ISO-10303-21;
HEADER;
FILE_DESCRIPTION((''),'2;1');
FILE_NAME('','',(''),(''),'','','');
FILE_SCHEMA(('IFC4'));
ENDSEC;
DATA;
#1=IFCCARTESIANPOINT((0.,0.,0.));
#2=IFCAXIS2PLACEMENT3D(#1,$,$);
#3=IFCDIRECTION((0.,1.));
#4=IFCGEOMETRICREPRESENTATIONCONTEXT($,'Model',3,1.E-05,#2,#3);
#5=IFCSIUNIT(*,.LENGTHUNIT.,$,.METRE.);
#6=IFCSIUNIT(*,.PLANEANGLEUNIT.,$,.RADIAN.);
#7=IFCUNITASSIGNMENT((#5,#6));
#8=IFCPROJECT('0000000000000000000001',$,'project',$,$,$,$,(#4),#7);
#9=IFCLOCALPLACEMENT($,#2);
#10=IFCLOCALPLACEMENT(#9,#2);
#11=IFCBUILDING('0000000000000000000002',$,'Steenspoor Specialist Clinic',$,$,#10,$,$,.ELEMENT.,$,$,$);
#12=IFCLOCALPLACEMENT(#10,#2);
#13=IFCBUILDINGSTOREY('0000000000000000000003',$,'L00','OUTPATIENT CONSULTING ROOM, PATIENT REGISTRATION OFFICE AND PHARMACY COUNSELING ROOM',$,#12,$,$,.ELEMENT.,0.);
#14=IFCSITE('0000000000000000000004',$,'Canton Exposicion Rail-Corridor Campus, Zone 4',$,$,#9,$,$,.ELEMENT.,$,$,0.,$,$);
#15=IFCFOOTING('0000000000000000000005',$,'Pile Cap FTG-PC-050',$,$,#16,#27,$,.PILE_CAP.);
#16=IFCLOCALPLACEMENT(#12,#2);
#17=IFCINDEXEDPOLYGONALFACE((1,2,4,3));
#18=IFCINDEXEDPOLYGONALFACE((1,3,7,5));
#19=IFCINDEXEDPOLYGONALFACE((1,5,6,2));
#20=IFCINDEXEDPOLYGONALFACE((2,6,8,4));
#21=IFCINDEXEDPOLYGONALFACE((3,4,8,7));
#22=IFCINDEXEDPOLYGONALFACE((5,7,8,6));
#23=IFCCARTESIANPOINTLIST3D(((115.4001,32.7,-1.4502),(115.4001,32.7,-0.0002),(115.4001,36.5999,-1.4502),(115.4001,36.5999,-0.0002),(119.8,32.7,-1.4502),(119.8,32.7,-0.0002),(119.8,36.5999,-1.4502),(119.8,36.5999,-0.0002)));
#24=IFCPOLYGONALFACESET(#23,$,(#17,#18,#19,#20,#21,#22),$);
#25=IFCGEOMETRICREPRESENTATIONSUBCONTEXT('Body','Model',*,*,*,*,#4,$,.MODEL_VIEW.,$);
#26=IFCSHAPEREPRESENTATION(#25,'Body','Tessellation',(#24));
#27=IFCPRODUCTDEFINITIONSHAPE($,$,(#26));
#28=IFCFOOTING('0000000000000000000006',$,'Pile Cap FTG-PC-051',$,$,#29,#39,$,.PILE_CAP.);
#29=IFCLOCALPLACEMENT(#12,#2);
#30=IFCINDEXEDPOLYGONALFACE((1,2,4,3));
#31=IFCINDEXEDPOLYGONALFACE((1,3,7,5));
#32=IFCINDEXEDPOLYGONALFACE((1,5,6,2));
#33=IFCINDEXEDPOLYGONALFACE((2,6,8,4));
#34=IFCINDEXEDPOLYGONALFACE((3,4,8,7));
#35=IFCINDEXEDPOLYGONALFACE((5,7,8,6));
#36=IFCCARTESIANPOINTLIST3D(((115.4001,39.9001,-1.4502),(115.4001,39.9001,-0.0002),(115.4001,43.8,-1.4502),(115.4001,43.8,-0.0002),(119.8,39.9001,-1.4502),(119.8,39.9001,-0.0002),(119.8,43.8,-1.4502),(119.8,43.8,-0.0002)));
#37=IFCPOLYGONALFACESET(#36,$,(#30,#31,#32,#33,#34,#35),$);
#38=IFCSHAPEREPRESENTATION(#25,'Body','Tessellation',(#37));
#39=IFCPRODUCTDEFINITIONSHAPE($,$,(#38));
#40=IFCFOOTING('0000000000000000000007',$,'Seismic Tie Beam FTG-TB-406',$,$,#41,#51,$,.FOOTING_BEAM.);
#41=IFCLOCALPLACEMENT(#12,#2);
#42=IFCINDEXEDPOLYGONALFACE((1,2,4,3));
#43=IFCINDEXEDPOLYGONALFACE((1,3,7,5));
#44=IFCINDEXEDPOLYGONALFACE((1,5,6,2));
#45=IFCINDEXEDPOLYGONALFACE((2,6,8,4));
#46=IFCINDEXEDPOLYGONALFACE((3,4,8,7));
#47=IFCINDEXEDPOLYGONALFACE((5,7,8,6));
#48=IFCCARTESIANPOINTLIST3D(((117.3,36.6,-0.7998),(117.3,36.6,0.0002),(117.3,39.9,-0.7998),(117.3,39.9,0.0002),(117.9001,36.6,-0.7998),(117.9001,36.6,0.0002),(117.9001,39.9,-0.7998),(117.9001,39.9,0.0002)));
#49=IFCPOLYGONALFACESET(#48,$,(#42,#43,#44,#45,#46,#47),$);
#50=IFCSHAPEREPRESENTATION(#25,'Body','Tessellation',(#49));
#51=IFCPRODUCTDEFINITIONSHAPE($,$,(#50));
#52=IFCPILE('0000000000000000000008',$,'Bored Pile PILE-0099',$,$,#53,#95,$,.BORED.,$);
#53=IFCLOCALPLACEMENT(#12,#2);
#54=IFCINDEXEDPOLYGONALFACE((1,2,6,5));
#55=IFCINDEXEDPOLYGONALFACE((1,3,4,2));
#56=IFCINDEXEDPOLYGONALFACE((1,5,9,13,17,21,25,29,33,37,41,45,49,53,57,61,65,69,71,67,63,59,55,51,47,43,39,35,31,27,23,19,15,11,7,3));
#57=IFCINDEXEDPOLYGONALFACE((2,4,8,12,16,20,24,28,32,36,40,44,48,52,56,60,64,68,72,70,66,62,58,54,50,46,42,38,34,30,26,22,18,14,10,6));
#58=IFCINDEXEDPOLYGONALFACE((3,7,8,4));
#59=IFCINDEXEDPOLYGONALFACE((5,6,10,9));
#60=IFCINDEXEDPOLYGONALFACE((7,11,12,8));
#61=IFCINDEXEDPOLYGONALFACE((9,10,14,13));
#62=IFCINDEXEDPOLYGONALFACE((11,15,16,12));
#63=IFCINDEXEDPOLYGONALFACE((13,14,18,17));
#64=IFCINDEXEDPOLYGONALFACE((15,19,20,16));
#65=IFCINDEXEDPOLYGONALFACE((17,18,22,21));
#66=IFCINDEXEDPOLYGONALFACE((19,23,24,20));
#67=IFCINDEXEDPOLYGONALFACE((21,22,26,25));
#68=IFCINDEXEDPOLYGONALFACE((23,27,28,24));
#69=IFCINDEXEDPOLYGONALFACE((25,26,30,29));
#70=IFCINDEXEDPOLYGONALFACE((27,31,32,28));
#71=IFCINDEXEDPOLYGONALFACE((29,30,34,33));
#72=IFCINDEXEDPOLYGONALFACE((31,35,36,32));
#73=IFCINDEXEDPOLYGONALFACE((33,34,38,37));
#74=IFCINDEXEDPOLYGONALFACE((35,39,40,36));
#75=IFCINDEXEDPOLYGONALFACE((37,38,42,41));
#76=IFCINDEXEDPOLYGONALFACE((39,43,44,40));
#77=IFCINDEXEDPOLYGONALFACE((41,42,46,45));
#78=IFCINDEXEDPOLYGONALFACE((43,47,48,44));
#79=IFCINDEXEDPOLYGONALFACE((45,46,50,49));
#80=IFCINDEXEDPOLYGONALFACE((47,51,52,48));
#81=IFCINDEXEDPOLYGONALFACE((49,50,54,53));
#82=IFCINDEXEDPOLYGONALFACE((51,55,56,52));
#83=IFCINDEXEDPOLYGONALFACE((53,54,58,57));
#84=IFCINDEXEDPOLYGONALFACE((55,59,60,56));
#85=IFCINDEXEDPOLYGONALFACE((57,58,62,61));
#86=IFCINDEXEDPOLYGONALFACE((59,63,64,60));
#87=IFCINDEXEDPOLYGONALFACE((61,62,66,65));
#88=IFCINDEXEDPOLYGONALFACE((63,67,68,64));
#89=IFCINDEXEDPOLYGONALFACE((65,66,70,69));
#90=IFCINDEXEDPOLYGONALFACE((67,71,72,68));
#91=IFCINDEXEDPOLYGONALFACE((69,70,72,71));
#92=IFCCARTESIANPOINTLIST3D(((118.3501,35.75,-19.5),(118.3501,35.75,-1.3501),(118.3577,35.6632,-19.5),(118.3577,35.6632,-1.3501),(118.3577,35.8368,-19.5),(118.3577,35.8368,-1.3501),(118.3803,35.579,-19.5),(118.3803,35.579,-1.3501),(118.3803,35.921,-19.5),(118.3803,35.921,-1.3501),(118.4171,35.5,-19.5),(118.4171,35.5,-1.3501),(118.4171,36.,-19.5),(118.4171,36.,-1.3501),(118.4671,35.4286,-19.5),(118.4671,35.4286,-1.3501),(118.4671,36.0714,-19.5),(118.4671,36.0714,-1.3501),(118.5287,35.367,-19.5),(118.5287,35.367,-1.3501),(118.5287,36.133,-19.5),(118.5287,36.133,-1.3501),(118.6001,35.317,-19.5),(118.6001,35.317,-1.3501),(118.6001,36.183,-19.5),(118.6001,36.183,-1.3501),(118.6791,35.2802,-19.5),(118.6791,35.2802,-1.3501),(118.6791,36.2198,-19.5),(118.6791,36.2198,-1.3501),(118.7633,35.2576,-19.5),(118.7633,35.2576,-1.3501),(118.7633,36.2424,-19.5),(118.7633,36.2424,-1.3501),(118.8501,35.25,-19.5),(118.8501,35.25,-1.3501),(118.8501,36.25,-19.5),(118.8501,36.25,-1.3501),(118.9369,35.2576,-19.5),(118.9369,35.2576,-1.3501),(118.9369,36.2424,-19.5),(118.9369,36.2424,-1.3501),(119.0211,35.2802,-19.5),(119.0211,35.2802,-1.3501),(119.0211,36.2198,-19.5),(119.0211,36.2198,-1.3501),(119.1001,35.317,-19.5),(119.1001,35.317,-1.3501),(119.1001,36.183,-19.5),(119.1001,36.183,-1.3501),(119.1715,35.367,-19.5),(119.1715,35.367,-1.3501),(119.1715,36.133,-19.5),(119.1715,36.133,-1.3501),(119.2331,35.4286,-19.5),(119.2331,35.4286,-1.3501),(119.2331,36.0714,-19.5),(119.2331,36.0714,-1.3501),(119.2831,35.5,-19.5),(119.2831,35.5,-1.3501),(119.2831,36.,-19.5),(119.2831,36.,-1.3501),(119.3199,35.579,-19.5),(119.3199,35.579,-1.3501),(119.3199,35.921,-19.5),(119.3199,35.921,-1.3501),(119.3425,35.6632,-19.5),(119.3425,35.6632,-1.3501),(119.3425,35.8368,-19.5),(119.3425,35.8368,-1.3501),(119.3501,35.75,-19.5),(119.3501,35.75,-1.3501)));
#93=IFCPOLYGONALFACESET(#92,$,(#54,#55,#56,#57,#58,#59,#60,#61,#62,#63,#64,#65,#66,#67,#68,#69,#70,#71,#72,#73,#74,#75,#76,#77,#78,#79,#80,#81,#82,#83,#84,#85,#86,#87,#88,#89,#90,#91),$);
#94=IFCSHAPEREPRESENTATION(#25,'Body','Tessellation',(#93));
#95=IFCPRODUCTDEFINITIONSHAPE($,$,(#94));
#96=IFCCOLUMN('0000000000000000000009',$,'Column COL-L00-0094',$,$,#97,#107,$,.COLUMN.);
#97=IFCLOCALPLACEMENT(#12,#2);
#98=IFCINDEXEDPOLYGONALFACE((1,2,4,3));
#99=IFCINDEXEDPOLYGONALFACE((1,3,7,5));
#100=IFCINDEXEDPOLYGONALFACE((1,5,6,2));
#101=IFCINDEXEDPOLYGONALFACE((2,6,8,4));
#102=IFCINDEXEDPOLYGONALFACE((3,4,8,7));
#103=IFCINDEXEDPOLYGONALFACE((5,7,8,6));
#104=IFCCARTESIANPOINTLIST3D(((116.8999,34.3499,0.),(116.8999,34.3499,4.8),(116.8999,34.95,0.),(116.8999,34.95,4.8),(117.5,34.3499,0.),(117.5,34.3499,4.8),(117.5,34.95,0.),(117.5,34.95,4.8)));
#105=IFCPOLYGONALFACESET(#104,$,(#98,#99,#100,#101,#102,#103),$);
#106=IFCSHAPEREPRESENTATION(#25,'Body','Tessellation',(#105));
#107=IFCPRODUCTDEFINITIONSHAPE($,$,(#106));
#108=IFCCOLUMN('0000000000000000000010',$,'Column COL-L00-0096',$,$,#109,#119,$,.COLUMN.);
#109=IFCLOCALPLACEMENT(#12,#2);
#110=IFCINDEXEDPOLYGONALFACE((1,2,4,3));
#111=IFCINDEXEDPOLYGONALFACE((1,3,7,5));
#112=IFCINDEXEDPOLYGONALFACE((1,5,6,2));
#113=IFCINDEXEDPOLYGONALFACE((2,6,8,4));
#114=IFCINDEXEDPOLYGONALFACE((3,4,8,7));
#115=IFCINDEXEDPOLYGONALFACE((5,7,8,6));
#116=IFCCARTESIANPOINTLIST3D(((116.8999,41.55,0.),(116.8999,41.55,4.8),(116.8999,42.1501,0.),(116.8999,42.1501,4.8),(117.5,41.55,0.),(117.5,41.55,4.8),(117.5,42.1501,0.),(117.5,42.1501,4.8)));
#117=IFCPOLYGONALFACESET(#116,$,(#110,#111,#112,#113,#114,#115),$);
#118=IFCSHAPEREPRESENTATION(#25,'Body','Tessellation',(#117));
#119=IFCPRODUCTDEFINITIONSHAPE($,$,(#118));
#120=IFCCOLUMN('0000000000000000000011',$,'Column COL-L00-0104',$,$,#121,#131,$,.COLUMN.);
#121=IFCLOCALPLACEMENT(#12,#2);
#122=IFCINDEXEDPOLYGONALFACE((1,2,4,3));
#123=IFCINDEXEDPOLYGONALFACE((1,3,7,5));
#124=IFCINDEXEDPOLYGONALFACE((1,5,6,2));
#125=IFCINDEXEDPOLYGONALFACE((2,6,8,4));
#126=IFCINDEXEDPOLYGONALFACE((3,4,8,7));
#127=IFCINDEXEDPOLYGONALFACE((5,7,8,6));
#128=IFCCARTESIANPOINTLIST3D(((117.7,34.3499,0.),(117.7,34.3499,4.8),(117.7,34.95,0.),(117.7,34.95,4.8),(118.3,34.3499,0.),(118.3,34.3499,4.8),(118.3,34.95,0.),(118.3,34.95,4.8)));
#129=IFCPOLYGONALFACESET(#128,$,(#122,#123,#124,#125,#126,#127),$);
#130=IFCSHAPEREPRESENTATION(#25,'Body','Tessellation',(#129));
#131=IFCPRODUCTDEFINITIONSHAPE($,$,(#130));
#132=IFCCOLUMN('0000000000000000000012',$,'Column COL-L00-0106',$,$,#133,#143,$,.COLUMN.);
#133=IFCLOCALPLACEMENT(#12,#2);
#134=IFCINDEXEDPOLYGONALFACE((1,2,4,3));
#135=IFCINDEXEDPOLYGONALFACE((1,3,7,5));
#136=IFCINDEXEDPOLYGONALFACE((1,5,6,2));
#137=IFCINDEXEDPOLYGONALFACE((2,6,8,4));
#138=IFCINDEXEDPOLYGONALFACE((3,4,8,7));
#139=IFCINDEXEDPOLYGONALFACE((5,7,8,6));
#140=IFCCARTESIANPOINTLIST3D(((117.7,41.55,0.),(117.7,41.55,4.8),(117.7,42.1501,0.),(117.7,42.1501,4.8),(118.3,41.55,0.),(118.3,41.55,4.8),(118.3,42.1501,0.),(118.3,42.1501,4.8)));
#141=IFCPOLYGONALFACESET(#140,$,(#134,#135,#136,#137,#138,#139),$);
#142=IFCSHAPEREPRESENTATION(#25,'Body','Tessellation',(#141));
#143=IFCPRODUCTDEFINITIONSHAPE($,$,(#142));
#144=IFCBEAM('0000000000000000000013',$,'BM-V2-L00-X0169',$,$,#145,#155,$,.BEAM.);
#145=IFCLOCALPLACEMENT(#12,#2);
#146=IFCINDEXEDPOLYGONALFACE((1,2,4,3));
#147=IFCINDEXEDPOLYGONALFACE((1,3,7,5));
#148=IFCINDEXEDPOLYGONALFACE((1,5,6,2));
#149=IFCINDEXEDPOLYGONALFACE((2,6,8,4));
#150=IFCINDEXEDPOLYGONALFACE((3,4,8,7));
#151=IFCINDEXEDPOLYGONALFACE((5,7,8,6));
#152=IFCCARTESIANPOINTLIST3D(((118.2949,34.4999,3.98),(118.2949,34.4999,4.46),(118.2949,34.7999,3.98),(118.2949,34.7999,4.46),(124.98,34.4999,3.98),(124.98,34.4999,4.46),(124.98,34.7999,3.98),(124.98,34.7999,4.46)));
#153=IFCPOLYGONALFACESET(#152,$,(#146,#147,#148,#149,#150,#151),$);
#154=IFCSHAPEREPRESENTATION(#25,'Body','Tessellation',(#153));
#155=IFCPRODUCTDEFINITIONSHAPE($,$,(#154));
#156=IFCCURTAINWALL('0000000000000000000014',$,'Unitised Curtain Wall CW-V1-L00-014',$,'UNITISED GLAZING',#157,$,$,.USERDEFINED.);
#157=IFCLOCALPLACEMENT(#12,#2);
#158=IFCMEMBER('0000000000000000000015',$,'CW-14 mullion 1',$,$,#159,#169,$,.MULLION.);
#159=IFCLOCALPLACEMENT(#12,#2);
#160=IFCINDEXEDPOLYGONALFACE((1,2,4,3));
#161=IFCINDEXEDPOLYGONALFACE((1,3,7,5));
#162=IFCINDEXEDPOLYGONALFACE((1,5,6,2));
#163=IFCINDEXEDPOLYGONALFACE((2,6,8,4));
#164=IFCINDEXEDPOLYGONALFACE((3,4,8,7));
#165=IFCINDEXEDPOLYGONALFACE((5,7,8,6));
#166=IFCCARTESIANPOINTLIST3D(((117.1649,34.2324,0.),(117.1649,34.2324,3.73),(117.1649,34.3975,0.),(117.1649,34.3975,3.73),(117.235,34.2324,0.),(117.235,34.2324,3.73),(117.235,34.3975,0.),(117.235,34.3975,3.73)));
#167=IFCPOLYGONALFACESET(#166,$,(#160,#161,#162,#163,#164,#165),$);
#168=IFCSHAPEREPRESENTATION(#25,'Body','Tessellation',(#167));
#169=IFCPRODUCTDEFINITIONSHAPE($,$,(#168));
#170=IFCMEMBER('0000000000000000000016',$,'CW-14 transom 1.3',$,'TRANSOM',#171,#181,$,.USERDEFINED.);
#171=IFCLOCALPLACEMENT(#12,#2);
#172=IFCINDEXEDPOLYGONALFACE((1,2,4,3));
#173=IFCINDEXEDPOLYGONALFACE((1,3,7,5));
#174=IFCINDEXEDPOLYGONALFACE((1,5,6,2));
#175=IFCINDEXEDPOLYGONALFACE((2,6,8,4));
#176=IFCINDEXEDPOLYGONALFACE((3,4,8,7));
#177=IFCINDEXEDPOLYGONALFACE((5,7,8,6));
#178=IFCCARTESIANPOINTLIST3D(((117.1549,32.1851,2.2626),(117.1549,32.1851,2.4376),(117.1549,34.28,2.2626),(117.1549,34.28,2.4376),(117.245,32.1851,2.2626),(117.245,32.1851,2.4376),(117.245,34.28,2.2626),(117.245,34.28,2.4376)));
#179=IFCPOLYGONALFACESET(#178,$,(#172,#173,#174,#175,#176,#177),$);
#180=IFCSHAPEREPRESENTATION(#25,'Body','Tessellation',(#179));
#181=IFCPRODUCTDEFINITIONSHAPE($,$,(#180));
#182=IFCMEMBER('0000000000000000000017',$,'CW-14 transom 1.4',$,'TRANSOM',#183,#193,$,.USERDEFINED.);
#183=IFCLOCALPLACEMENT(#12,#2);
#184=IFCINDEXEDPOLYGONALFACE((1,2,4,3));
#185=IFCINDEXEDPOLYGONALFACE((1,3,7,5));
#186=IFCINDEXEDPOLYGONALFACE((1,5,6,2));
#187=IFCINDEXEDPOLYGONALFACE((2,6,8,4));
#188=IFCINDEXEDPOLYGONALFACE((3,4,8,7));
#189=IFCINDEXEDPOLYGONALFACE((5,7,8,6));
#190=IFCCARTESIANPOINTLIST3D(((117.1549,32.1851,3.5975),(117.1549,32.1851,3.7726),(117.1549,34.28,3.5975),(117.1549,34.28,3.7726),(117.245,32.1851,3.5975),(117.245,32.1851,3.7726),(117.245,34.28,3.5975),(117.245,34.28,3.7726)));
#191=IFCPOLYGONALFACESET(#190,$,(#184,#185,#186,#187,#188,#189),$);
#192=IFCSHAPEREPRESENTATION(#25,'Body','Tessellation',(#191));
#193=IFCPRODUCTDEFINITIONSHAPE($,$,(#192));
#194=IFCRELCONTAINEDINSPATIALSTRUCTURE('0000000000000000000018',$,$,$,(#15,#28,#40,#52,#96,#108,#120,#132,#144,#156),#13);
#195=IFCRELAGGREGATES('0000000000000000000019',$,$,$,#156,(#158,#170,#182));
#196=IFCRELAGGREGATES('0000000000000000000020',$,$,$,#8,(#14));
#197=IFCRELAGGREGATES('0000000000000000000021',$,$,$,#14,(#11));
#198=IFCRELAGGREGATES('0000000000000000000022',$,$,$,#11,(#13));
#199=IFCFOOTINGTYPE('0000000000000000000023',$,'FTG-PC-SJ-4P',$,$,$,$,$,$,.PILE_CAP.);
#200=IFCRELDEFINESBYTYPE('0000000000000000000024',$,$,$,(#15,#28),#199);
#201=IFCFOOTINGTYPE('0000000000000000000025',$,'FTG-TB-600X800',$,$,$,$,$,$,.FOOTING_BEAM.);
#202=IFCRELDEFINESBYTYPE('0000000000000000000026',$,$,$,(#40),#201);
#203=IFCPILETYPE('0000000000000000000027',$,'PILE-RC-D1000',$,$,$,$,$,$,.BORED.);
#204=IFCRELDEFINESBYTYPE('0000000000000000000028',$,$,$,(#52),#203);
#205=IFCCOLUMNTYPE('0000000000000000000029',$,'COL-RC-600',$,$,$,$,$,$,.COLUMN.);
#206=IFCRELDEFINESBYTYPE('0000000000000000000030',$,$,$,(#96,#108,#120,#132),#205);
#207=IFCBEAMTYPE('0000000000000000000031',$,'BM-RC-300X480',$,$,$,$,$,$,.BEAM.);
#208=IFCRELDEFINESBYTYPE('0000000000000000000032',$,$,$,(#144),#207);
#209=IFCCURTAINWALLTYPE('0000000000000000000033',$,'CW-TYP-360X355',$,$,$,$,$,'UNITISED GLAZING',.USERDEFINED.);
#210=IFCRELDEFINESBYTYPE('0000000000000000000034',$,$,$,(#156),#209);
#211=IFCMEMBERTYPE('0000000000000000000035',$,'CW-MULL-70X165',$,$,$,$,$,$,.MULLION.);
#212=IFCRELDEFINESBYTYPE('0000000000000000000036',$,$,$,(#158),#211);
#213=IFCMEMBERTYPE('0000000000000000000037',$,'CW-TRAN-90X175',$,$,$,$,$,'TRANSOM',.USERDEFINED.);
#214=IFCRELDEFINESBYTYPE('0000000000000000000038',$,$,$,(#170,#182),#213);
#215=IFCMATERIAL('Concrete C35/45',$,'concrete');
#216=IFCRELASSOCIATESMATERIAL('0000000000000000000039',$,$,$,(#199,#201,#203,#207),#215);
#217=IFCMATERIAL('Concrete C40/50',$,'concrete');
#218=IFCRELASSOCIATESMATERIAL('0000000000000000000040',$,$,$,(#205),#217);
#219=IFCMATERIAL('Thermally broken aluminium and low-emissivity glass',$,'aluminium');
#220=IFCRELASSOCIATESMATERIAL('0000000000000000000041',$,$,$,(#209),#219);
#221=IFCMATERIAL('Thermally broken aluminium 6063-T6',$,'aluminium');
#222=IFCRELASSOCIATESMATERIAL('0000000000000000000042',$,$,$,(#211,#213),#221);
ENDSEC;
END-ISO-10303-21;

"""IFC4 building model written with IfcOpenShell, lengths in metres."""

from ifc_helpers import new_model, si_unit, direction, frame, origin, origin_2d, place, context, subcontext, project, spatial, rectangle, circle, extrude, material, material_profile, profile_set, type_object, element, aggregate, save


model = new_model("IFC4")

# Units and contexts
model_context = context("Model", 3, precision=1e-05, world=origin(), true_north=direction((0.0, 1.0)))
body_context = subcontext(model_context, "Body", "Model", "MODEL_VIEW")
ifc_project = project(units=[si_unit("LENGTHUNIT", "METRE"), si_unit("PLANEANGLEUNIT", "RADIAN")], contexts=[model_context])

# Site, building, storey
site_placement = place(None, origin())
site = spatial("IfcSite", under=ifc_project, at=site_placement, Name="Canton Exposicion Rail-Corridor Campus, Zone 4", CompositionType="ELEMENT", RefElevation=0.0)
building_placement = place(site_placement, origin())
building = spatial("IfcBuilding", under=site, at=building_placement, Name="Steenspoor Specialist Clinic", CompositionType="ELEMENT")
storey_placement = place(building_placement, origin())
storey = spatial("IfcBuildingStorey", under=building, at=storey_placement, Name="L00", Description="OUTPATIENT CONSULTING ROOM, PATIENT REGISTRATION OFFICE AND PHARMACY COUNSELING ROOM", CompositionType="ELEMENT", Elevation=0.0)

# Footings
ifc_material_1 = material(Name="Concrete C35/45", Category="concrete")
footing_type_1 = type_object("IfcFootingType", Name="FTG-PC-SJ-4P", PredefinedType="PILE_CAP", material=ifc_material_1)
for number, where, z_axis, x_axis, name in (
    (1, (117.6001, 34.6499, -1.4502), (0.0, 0.0, 1.0), (1.0, 0.0, 0.0), "Pile Cap FTG-PC-050"),
    (2, (117.6001, 41.8501, -1.4502), (0.0, 0.0, 1.0), (1.0, 0.0, 0.0), "Pile Cap FTG-PC-051"),
):
    element("IfcFooting", number, at=place(storey_placement, frame(where, z_axis=z_axis, x_axis=x_axis)), inside=storey, type_object=footing_type_1, Name=name, PredefinedType="PILE_CAP", context=body_context, shape_type="SweptSolid", body=[
        extrude(rectangle(XDim=4.3999, YDim=3.8999, at=origin_2d()), origin(), (0.0, 0.0, 1.0), 1.45),
    ])
footing_type_2 = type_object("IfcFootingType", Name="FTG-TB-600X800", PredefinedType="FOOTING_BEAM", material=ifc_material_1)
footing_placement = place(storey_placement, frame((117.6001, 38.25, -0.7998), z_axis=(0.0, 0.0, 1.0), x_axis=(1.0, 0.0, 0.0)))
element("IfcFooting", 3, at=footing_placement, inside=storey, type_object=footing_type_2, Name="Seismic Tie Beam FTG-TB-406", PredefinedType="FOOTING_BEAM", context=body_context, shape_type="SweptSolid", body=[
    extrude(rectangle(XDim=0.6001, YDim=3.3, at=origin_2d()), origin(), (0.0, 0.0, 1.0), 0.8),
])

# Pile
ifc_material_profile_1 = material_profile(ifc_material_1, circle(Radius=0.5, at=origin_2d()), Name="PILE-D1000")
ifc_profile_set_1 = profile_set([ifc_material_profile_1], Name="Concrete C35/45")
pile_type = type_object("IfcPileType", Name="PILE-RC-D1000", PredefinedType="BORED", material=ifc_profile_set_1)
pile_placement = place(storey_placement, frame((118.8501, 35.75, -1.3501), z_axis=(0.0, 0.0, -1.0), x_axis=(1.0, 0.0, 0.0)))
element("IfcPile", 4, at=pile_placement, inside=storey, type_object=pile_type, Name="Bored Pile PILE-0099", PredefinedType="BORED", context=body_context, shape_type="SweptSolid", body=[
    extrude(circle(Radius=0.5, at=origin_2d()), origin(), (0.0, 0.0, 1.0), 18.1499),
])

# Columns
ifc_material_2 = material(Name="Concrete C40/50", Category="concrete")
ifc_material_profile_2 = material_profile(ifc_material_2, rectangle(XDim=0.6001, YDim=0.6001, at=origin_2d()), Name="RC-COL-600X600")
ifc_profile_set_2 = profile_set([ifc_material_profile_2], Name="Concrete C40/50")
column_type = type_object("IfcColumnType", Name="COL-RC-600", PredefinedType="COLUMN", material=ifc_profile_set_2)
for number, where, z_axis, x_axis, name in (
    (5, (117.2, 34.6499, 0.0), (0.0, 0.0, 1.0), (1.0, 0.0, 0.0), "Column COL-L00-0094"),
    (6, (117.2, 41.8501, 0.0), (0.0, 0.0, 1.0), (1.0, 0.0, 0.0), "Column COL-L00-0096"),
    (7, (118.0, 34.6499, 0.0), (0.0, 0.0, 1.0), (1.0, 0.0, 0.0), "Column COL-L00-0104"),
    (8, (118.0, 41.8501, 0.0), (0.0, 0.0, 1.0), (1.0, 0.0, 0.0), "Column COL-L00-0106"),
):
    element("IfcColumn", number, at=place(storey_placement, frame(where, z_axis=z_axis, x_axis=x_axis)), inside=storey, type_object=column_type, Name=name, PredefinedType="COLUMN", context=body_context, shape_type="SweptSolid", body=[
        extrude(rectangle(XDim=0.6001, YDim=0.6001, at=origin_2d()), origin(), (0.0, 0.0, 1.0), 4.8),
    ])

# Beam
ifc_material_profile_3 = material_profile(ifc_material_1, rectangle(XDim=0.3, YDim=0.48, at=origin_2d()), Name="RC-BM-300X480")
ifc_profile_set_3 = profile_set([ifc_material_profile_3], Name="Concrete C35/45")
beam_type_1 = type_object("IfcBeamType", Name="BM-RC-300X480", PredefinedType="BEAM", material=ifc_profile_set_3)
beam_1_placement = place(storey_placement, frame((118.2949, 34.6499, 4.22), z_axis=(1.0, 0.0, 0.0), x_axis=(0.0, 1.0, 0.0)))
element("IfcBeam", 9, at=beam_1_placement, inside=storey, type_object=beam_type_1, Name="BM-V2-L00-X0169", PredefinedType="BEAM", context=body_context, shape_type="SweptSolid", body=[
    extrude(rectangle(XDim=0.3, YDim=0.48, at=origin_2d()), origin(), (0.0, 0.0, 1.0), 6.6851),
])

# Curtain wall, members
ifc_material_3 = material(Name="Thermally broken aluminium and low-emissivity glass", Category="aluminium")
curtain_wall_type = type_object("IfcCurtainWallType", Name="CW-TYP-360X355", ElementType="UNITISED GLAZING", PredefinedType="USERDEFINED", material=ifc_material_3)
curtain_wall_placement = place(storey_placement, origin())
curtain_wall = element("IfcCurtainWall", 10, at=curtain_wall_placement, inside=storey, type_object=curtain_wall_type, Name="Unitised Curtain Wall CW-V1-L00-014", ObjectType="UNITISED GLAZING", PredefinedType="USERDEFINED")
ifc_material_4 = material(Name="Thermally broken aluminium 6063-T6", Category="aluminium")
ifc_material_profile_4 = material_profile(ifc_material_4, rectangle(XDim=0.0701, YDim=0.165, at=origin_2d()), Name="CWM-70X165")
ifc_profile_set_4 = profile_set([ifc_material_profile_4], Name="Thermally broken aluminium 6063-T6")
member_type_1 = type_object("IfcMemberType", Name="CW-MULL-70X165", PredefinedType="MULLION", material=ifc_profile_set_4)
member_1_placement = place(storey_placement, frame((117.2, 34.3149, 0.0), z_axis=(0.0, 0.0, 1.0), x_axis=(1.0, 0.0, 0.0)))
member_1 = element("IfcMember", 11, at=member_1_placement, type_object=member_type_1, Name="CW-14 mullion 1", PredefinedType="MULLION", context=body_context, shape_type="SweptSolid", body=[
    extrude(rectangle(XDim=0.0701, YDim=0.165, at=origin_2d()), origin(), (0.0, 0.0, 1.0), 3.73),
])
ifc_material_profile_5 = material_profile(ifc_material_4, rectangle(XDim=0.0901, YDim=0.175, at=origin_2d()), Name="CWT-90X175")
ifc_profile_set_5 = profile_set([ifc_material_profile_5], Name="Thermally broken aluminium 6063-T6")
member_type_2 = type_object("IfcMemberType", Name="CW-TRAN-90X175", ElementType="TRANSOM", PredefinedType="USERDEFINED", material=ifc_profile_set_5)
member_2_placement = place(storey_placement, frame((117.2, 34.28, 2.3501), z_axis=(0.0, -1.0, 0.0), x_axis=(1.0, 0.0, 0.0)))
member_2 = element("IfcMember", 12, at=member_2_placement, type_object=member_type_2, Name="CW-14 transom 1.3", ObjectType="TRANSOM", PredefinedType="USERDEFINED", context=body_context, shape_type="SweptSolid", body=[
    extrude(rectangle(XDim=0.0901, YDim=0.175, at=origin_2d()), origin(), (0.0, 0.0, 1.0), 2.095),
])
member_3_placement = place(storey_placement, frame((117.2, 34.28, 3.6851), z_axis=(0.0, -1.0, 0.0), x_axis=(1.0, 0.0, 0.0)))
member_3 = element("IfcMember", 13, at=member_3_placement, type_object=member_type_2, Name="CW-14 transom 1.4", ObjectType="TRANSOM", PredefinedType="USERDEFINED", context=body_context, shape_type="SweptSolid", body=[
    extrude(rectangle(XDim=0.0901, YDim=0.175, at=origin_2d()), origin(), (0.0, 0.0, 1.0), 2.095),
])
aggregate(curtain_wall, [member_1, member_2, member_3])

save(model, "model.ifc")
